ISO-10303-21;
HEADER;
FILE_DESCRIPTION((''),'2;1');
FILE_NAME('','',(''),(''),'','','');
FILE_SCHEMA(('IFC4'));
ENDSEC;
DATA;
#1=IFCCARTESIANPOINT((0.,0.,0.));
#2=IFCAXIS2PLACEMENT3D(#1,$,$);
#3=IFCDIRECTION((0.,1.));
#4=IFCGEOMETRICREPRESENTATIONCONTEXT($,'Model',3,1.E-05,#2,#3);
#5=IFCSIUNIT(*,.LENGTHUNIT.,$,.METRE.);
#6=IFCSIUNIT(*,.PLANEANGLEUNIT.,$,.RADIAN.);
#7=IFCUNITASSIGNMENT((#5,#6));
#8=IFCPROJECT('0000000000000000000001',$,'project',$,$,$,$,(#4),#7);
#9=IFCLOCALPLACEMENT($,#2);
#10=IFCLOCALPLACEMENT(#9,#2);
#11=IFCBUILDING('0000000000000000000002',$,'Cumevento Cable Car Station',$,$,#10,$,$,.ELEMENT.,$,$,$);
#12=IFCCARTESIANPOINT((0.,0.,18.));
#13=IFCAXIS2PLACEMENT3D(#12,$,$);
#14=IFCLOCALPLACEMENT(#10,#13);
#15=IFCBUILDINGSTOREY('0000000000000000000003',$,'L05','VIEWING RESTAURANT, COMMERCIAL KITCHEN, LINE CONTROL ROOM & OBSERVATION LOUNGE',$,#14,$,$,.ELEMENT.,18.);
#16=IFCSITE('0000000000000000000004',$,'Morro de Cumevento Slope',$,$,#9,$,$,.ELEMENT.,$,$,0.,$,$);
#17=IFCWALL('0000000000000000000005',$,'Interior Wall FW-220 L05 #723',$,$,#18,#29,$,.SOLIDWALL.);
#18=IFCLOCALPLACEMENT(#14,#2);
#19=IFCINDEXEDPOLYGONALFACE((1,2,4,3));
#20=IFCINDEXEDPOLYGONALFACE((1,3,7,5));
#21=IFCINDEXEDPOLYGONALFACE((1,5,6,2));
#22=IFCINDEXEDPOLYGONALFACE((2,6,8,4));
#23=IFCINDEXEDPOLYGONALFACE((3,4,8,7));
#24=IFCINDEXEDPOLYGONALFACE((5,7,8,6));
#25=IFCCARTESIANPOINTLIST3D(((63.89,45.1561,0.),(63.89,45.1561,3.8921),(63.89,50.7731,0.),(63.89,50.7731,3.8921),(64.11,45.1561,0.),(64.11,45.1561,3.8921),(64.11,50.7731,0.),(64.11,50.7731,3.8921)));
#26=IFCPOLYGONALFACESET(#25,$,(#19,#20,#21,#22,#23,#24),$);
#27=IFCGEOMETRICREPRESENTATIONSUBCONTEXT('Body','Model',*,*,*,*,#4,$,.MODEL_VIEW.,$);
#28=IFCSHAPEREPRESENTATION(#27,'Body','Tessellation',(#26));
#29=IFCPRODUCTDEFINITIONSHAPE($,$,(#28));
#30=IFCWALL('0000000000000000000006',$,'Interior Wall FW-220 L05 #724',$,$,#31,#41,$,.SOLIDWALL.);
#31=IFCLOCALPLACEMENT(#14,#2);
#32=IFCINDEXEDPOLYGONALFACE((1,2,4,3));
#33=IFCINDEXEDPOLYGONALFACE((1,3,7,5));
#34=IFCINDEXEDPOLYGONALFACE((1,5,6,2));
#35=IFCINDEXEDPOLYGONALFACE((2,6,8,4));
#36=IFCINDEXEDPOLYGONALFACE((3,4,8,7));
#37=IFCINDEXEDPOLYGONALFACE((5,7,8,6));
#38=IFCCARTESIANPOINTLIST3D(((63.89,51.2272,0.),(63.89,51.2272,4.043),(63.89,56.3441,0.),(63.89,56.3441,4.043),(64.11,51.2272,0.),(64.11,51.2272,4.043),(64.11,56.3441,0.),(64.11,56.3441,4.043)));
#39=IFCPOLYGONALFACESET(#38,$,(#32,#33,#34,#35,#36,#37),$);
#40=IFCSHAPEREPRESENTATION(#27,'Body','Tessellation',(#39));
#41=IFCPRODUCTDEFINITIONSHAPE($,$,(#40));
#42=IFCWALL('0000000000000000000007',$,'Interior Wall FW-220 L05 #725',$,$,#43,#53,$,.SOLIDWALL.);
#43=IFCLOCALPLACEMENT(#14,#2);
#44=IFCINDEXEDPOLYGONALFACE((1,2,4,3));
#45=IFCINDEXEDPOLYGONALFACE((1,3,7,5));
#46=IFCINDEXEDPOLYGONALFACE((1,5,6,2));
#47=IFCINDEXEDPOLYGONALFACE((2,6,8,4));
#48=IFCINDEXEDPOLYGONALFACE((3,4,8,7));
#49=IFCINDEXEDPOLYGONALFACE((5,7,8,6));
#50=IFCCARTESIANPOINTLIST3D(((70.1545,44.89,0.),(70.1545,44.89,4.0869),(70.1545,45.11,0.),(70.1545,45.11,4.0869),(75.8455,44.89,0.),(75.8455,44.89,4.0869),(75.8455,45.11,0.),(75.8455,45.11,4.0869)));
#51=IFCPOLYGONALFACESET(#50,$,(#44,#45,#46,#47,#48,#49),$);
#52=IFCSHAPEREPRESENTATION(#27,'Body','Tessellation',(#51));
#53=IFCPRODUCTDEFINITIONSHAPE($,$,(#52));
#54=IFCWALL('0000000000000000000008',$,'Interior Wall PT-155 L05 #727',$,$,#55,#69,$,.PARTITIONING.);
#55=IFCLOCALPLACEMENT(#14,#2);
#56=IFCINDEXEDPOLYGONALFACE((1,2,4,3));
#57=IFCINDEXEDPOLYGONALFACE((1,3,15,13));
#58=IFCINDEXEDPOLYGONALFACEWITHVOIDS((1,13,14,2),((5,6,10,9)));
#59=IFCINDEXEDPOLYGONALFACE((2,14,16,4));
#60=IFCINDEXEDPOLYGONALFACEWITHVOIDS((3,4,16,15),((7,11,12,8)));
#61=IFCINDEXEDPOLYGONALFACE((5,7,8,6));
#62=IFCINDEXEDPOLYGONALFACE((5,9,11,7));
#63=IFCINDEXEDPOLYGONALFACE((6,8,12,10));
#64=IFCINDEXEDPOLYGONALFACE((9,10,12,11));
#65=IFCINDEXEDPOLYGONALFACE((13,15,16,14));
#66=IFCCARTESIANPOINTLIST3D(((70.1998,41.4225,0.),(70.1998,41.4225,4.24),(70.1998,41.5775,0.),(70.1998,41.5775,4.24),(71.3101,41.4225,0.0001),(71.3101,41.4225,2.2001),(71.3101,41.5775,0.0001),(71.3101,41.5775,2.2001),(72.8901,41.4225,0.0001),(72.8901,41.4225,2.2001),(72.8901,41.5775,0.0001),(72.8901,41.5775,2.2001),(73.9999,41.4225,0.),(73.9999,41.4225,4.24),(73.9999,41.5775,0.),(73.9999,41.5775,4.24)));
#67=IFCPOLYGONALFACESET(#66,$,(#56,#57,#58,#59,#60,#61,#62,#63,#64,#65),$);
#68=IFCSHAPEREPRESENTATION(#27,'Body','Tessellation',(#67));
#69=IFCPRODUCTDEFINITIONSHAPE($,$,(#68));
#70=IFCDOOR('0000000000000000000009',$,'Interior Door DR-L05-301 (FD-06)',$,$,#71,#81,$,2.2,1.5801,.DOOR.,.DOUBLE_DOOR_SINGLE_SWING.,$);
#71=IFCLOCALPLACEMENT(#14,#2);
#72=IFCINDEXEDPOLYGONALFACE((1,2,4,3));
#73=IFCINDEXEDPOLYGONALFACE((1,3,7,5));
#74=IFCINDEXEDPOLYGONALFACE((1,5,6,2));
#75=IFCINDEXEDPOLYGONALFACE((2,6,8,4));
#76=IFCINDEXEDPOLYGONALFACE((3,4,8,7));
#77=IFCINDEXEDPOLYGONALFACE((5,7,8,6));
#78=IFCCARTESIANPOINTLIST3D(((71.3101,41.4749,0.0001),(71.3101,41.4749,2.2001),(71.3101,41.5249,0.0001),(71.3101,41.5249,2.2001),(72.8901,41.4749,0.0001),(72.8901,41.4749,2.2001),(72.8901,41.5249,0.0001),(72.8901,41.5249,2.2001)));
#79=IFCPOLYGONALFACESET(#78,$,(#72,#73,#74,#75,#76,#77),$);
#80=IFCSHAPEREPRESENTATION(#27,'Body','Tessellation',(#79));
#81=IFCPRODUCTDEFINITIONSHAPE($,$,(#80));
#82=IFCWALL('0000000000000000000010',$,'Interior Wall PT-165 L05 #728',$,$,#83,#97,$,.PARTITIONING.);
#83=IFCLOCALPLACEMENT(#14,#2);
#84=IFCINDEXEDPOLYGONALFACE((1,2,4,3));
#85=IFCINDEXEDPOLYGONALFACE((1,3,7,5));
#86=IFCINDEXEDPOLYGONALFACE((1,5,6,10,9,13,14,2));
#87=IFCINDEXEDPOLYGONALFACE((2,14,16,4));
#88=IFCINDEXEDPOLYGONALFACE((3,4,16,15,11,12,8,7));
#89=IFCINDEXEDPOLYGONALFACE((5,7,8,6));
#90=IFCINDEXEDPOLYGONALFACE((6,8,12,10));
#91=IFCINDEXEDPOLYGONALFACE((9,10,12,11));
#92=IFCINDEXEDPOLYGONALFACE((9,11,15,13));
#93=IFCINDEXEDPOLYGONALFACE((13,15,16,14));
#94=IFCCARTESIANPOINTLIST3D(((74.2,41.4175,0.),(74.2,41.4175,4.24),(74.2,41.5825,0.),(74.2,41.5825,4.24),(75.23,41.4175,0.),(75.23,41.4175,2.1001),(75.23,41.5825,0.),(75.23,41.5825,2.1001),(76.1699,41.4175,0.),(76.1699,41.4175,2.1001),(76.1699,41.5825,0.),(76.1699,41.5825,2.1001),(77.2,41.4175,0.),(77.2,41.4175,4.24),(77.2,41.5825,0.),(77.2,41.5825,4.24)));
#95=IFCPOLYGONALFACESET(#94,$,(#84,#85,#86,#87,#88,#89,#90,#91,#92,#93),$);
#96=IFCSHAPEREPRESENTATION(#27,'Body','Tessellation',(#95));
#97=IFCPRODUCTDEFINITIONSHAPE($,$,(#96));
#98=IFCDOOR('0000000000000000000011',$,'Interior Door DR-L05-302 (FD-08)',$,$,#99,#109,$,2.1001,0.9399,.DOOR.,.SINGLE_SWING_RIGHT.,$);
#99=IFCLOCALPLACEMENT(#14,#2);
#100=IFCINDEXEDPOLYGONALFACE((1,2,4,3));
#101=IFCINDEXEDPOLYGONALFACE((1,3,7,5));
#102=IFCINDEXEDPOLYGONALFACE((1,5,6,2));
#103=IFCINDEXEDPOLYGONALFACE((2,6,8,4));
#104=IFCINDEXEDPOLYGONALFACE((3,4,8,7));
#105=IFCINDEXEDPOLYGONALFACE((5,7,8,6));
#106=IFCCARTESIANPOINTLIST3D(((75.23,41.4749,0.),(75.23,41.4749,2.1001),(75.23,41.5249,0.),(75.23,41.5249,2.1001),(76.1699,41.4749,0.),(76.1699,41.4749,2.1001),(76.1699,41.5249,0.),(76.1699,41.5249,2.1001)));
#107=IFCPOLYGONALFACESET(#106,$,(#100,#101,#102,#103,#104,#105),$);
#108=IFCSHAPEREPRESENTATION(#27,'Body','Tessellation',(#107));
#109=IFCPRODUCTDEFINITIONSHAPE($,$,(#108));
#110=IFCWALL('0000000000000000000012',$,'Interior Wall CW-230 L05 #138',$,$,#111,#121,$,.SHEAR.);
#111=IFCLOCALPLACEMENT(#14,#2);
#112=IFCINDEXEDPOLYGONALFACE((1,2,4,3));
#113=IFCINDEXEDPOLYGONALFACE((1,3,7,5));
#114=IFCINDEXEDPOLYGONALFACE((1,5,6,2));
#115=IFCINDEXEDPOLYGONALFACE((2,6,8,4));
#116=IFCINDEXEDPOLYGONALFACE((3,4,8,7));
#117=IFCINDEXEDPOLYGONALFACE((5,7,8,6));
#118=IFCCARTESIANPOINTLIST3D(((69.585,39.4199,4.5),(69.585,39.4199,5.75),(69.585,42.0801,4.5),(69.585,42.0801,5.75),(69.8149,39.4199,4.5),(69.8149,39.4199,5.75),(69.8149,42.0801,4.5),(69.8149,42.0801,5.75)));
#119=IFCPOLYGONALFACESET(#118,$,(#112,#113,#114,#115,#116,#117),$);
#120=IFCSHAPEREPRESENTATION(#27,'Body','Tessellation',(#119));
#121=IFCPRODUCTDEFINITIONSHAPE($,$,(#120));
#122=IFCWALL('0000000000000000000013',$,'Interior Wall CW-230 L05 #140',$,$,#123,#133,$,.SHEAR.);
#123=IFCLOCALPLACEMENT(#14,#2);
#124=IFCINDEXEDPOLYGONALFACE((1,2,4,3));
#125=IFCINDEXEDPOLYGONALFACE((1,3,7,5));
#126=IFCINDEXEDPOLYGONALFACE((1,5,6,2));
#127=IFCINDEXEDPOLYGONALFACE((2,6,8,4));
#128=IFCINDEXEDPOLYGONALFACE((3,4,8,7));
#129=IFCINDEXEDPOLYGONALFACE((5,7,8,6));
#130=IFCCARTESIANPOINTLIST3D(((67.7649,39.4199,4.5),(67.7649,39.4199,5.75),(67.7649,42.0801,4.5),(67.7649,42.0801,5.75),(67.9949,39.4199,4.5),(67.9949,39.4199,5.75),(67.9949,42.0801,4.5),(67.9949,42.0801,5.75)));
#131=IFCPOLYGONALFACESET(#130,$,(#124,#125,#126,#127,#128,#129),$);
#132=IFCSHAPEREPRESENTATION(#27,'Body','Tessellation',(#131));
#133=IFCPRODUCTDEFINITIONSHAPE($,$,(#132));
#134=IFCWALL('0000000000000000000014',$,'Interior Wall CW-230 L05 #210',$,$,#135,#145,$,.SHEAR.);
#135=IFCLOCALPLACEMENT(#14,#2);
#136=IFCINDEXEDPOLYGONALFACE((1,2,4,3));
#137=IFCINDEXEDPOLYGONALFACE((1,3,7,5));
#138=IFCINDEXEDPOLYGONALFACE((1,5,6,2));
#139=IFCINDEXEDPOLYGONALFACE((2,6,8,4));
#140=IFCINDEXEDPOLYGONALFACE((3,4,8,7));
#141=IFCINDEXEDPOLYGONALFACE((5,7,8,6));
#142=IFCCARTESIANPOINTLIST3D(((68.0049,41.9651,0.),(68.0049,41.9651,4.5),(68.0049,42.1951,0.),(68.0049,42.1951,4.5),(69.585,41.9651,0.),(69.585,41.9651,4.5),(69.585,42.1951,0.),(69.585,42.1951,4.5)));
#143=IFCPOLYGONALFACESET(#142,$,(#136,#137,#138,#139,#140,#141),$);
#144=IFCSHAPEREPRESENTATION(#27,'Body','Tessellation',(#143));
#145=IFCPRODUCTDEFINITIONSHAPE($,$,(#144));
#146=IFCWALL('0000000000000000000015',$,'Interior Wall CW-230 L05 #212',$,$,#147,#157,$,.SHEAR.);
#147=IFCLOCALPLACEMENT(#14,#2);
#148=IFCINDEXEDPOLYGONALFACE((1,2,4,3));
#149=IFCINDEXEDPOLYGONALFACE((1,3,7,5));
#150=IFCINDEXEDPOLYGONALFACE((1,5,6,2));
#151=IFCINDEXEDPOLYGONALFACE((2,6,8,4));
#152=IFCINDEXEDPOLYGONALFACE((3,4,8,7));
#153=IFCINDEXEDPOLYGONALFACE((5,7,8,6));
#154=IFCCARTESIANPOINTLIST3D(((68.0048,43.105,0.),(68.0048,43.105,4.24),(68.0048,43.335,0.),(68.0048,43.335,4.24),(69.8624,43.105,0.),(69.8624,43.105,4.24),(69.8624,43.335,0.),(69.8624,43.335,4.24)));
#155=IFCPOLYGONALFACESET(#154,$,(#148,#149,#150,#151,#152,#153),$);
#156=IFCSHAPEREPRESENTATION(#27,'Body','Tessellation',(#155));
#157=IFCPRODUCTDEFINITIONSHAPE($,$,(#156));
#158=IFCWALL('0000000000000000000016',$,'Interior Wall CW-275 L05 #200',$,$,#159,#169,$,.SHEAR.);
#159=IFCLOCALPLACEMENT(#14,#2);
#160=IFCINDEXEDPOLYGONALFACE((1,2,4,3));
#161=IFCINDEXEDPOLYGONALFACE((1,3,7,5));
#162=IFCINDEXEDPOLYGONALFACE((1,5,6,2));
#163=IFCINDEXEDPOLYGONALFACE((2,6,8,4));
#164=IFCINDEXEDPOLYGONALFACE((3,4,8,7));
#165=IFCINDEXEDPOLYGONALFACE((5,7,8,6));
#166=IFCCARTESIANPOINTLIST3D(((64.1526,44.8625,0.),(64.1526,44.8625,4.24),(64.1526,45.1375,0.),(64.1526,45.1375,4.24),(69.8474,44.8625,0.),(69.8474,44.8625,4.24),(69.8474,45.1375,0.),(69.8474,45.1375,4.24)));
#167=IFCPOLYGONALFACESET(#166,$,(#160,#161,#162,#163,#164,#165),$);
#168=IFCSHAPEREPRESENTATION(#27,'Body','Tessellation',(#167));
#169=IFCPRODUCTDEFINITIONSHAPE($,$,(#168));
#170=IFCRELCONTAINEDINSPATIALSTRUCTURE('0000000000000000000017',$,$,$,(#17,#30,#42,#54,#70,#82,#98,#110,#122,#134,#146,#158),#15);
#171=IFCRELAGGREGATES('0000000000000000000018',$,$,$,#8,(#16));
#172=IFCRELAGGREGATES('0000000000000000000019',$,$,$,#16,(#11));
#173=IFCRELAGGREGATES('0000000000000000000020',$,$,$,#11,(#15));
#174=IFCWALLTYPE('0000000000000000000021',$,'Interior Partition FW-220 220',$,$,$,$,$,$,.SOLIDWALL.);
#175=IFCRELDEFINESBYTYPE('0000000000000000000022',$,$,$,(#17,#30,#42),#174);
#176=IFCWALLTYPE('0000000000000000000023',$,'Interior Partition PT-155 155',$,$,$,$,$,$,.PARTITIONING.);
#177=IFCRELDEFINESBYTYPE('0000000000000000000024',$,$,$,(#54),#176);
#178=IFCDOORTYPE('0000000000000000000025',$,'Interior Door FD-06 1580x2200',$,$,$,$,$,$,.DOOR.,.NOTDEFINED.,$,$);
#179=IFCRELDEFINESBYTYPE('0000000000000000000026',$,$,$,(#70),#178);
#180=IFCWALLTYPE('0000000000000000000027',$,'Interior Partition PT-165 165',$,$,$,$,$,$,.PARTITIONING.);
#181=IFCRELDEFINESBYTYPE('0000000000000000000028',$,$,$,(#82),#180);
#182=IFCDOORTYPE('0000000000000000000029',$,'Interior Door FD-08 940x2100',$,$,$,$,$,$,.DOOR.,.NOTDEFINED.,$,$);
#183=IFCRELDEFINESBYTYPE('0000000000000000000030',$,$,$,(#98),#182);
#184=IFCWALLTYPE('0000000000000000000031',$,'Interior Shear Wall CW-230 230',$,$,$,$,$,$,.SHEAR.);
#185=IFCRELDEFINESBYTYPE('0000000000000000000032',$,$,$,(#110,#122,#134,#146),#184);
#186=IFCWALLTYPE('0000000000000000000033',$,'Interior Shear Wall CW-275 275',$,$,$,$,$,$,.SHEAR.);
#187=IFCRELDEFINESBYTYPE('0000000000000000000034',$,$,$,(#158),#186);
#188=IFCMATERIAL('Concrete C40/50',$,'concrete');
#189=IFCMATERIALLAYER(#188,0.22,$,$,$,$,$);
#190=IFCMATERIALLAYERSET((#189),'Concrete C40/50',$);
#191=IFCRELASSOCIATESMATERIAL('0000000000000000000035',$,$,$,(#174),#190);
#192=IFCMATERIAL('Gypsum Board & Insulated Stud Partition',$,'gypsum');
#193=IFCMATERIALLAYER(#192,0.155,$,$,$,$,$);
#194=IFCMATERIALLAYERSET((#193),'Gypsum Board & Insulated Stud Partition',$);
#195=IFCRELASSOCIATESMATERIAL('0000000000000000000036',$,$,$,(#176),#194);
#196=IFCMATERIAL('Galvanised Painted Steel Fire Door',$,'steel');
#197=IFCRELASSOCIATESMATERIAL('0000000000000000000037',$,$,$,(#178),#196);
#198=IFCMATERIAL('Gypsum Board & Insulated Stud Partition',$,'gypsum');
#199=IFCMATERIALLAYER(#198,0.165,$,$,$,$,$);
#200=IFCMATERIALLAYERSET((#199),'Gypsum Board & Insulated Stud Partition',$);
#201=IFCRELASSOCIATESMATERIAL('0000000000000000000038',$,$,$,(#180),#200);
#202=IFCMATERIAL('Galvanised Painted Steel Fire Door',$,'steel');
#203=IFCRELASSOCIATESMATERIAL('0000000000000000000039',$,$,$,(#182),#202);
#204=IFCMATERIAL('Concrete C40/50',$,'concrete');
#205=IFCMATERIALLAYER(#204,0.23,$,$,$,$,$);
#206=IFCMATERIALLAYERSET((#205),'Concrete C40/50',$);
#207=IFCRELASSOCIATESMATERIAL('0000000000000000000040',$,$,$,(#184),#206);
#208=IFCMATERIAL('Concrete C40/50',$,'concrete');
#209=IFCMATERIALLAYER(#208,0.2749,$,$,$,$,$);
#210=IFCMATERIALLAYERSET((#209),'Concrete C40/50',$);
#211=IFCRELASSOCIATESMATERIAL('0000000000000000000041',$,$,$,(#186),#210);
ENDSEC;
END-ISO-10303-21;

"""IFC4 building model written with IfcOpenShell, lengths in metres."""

from ifc_helpers import new_model, si_unit, direction, frame, frame_2d, origin, place, context, subcontext, project, spatial, rectangle, extrude, material, layer, layer_set, type_object, element, fill, save


model = new_model("IFC4")

# Units and contexts
model_context = context("Model", 3, precision=1e-05, world=origin(), true_north=direction((0.0, 1.0)))
body_context = subcontext(model_context, "Body", "Model", "MODEL_VIEW")
ifc_project = project(units=[si_unit("LENGTHUNIT", "METRE"), si_unit("PLANEANGLEUNIT", "RADIAN")], contexts=[model_context])

# Site, building, storey
site_placement = place(None, origin())
site = spatial("IfcSite", under=ifc_project, at=site_placement, Name="Morro de Cumevento Slope", CompositionType="ELEMENT", RefElevation=0.0)
building_placement = place(site_placement, origin())
building = spatial("IfcBuilding", under=site, at=building_placement, Name="Cumevento Cable Car Station", CompositionType="ELEMENT")
storey_placement = place(building_placement, frame((0.0, 0.0, 18.0)))
storey = spatial("IfcBuildingStorey", under=building, at=storey_placement, Name="L05", Description="VIEWING RESTAURANT, COMMERCIAL KITCHEN, LINE CONTROL ROOM & OBSERVATION LOUNGE", CompositionType="ELEMENT", Elevation=18.0)

# Walls
ifc_material_1 = material(Name="Concrete C40/50", Category="concrete")
ifc_layer_1 = layer(ifc_material_1, 0.22)
ifc_layer_set_1 = layer_set([ifc_layer_1], Name="Concrete C40/50")
wall_type_1 = type_object("IfcWallType", Name="Interior Partition FW-220 220", PredefinedType="SOLIDWALL", material=ifc_layer_set_1)
wall_1_placement = place(storey_placement, frame((64.0, 45.156, 0.0), z_axis=(0.0, 0.0, 1.0), x_axis=(0.0, 1.0, 0.0)))
element("IfcWall", 1, at=wall_1_placement, inside=storey, type_object=wall_type_1, Name="Interior Wall FW-220 L05 #723", PredefinedType="SOLIDWALL", context=body_context, shape_type="SweptSolid", body=[
    extrude(rectangle(XDim=5.6169, YDim=0.22, at=frame_2d((2.8086, 0.0))), origin(), (0.0, 0.0, 1.0), 3.8921),
])
wall_2_placement = place(storey_placement, frame((64.0, 51.2271, 0.0), z_axis=(0.0, 0.0, 1.0), x_axis=(0.0, 1.0, 0.0)))
element("IfcWall", 2, at=wall_2_placement, inside=storey, type_object=wall_type_1, Name="Interior Wall FW-220 L05 #724", PredefinedType="SOLIDWALL", context=body_context, shape_type="SweptSolid", body=[
    extrude(rectangle(XDim=5.1169, YDim=0.22, at=frame_2d((2.5586, 0.0))), origin(), (0.0, 0.0, 1.0), 4.043),
])
wall_3_placement = place(storey_placement, frame((70.1545, 45.0, 0.0), z_axis=(0.0, 0.0, 1.0), x_axis=(1.0, 0.0, 0.0)))
element("IfcWall", 3, at=wall_3_placement, inside=storey, type_object=wall_type_1, Name="Interior Wall FW-220 L05 #725", PredefinedType="SOLIDWALL", context=body_context, shape_type="SweptSolid", body=[
    extrude(rectangle(XDim=5.6909, YDim=0.22, at=frame_2d((2.8455, 0.0))), origin(), (0.0, 0.0, 1.0), 4.0869),
])

# Walls, openings, doors
ifc_material_2 = material(Name="Gypsum Board & Insulated Stud Partition", Category="gypsum")
ifc_layer_2 = layer(ifc_material_2, 0.155)
ifc_layer_set_2 = layer_set([ifc_layer_2], Name="Gypsum Board & Insulated Stud Partition")
wall_type_2 = type_object("IfcWallType", Name="Interior Partition PT-155 155", PredefinedType="PARTITIONING", material=ifc_layer_set_2)
wall_4_placement = place(storey_placement, frame((70.2, 41.5, 0.0), z_axis=(0.0, 0.0, 1.0), x_axis=(1.0, 0.0, 0.0)))
wall_4 = element("IfcWall", 4, at=wall_4_placement, inside=storey, type_object=wall_type_2, Name="Interior Wall PT-155 L05 #727", PredefinedType="PARTITIONING", context=body_context, shape_type="SweptSolid", body=[
    extrude(rectangle(XDim=3.8, YDim=0.155, at=frame_2d((1.8999, 0.0))), origin(), (0.0, 0.0, 1.0), 4.24),
])
opening_1_placement = place(wall_4_placement, frame((1.1101, 0.0, 0.0)))
opening_1 = element("IfcOpeningElement", 5, at=opening_1_placement, cuts=wall_4, PredefinedType="OPENING", context=body_context, shape_type="SweptSolid", body=[
    extrude(rectangle(XDim=1.5801, YDim=2.2, at=frame_2d((0.79, 1.1001))), frame((0.0, 0.0876, 0.0), z_axis=(0.0, -1.0, 0.0), x_axis=(1.0, 0.0, 0.0)), (0.0, 0.0, 1.0), 0.175),
])
ifc_material_3 = material(Name="Galvanised Painted Steel Fire Door", Category="steel")
door_type_1 = type_object("IfcDoorType", Name="Interior Door FD-06 1580x2200", OperationType="NOTDEFINED", PredefinedType="DOOR", material=ifc_material_3)
door_1_placement = place(opening_1_placement, origin())
door_1 = element("IfcDoor", 6, at=door_1_placement, inside=storey, type_object=door_type_1, Name="Interior Door DR-L05-301 (FD-06)", OperationType="DOUBLE_DOOR_SINGLE_SWING", OverallHeight=2.2, OverallWidth=1.5801, PredefinedType="DOOR", context=body_context, shape_type="SweptSolid", body=[
    extrude(rectangle(XDim=1.5801, YDim=2.2, at=frame_2d((0.79, 1.1001))), frame((0.0, 0.0249, 0.0), z_axis=(0.0, -1.0, 0.0), x_axis=(1.0, 0.0, 0.0)), (0.0, 0.0, 1.0), 0.05),
])
fill(opening_1, door_1)
ifc_material_4 = material(Name="Gypsum Board & Insulated Stud Partition", Category="gypsum")
ifc_layer_3 = layer(ifc_material_4, 0.165)
ifc_layer_set_3 = layer_set([ifc_layer_3], Name="Gypsum Board & Insulated Stud Partition")
wall_type_3 = type_object("IfcWallType", Name="Interior Partition PT-165 165", PredefinedType="PARTITIONING", material=ifc_layer_set_3)
wall_5_placement = place(storey_placement, frame((74.2, 41.5, 0.0), z_axis=(0.0, 0.0, 1.0), x_axis=(1.0, 0.0, 0.0)))
wall_5 = element("IfcWall", 7, at=wall_5_placement, inside=storey, type_object=wall_type_3, Name="Interior Wall PT-165 L05 #728", PredefinedType="PARTITIONING", context=body_context, shape_type="SweptSolid", body=[
    extrude(rectangle(XDim=3.0, YDim=0.165, at=frame_2d((1.5, 0.0))), origin(), (0.0, 0.0, 1.0), 4.24),
])
opening_2_placement = place(wall_5_placement, frame((1.03, 0.0, 0.0)))
opening_2 = element("IfcOpeningElement", 8, at=opening_2_placement, cuts=wall_5, PredefinedType="OPENING", context=body_context, shape_type="SweptSolid", body=[
    extrude(rectangle(XDim=0.9399, YDim=2.1001, at=frame_2d((0.47, 1.05))), frame((0.0, 0.0925, 0.0), z_axis=(0.0, -1.0, 0.0), x_axis=(1.0, 0.0, 0.0)), (0.0, 0.0, 1.0), 0.1851),
])
ifc_material_5 = material(Name="Galvanised Painted Steel Fire Door", Category="steel")
door_type_2 = type_object("IfcDoorType", Name="Interior Door FD-08 940x2100", OperationType="NOTDEFINED", PredefinedType="DOOR", material=ifc_material_5)
door_2_placement = place(opening_2_placement, origin())
door_2 = element("IfcDoor", 9, at=door_2_placement, inside=storey, type_object=door_type_2, Name="Interior Door DR-L05-302 (FD-08)", OperationType="SINGLE_SWING_RIGHT", OverallHeight=2.1001, OverallWidth=0.9399, PredefinedType="DOOR", context=body_context, shape_type="SweptSolid", body=[
    extrude(rectangle(XDim=0.9399, YDim=2.1001, at=frame_2d((0.47, 1.05))), frame((0.0, 0.0249, 0.0), z_axis=(0.0, -1.0, 0.0), x_axis=(1.0, 0.0, 0.0)), (0.0, 0.0, 1.0), 0.05),
])
fill(opening_2, door_2)

# Walls
ifc_material_6 = material(Name="Concrete C40/50", Category="concrete")
ifc_layer_4 = layer(ifc_material_6, 0.23)
ifc_layer_set_4 = layer_set([ifc_layer_4], Name="Concrete C40/50")
wall_type_4 = type_object("IfcWallType", Name="Interior Shear Wall CW-230 230", PredefinedType="SHEAR", material=ifc_layer_set_4)
wall_6_placement = place(storey_placement, frame((69.7, 39.4199, 4.5), z_axis=(0.0, 0.0, 1.0), x_axis=(0.0, 1.0, 0.0)))
element("IfcWall", 10, at=wall_6_placement, inside=storey, type_object=wall_type_4, Name="Interior Wall CW-230 L05 #138", PredefinedType="SHEAR", context=body_context, shape_type="SweptSolid", body=[
    extrude(rectangle(XDim=2.6602, YDim=0.23, at=frame_2d((1.3301, 0.0))), origin(), (0.0, 0.0, 1.0), 1.25),
])
wall_7_placement = place(storey_placement, frame((67.8799, 42.0801, 4.5), z_axis=(0.0, 0.0, 1.0), x_axis=(0.0, -1.0, 0.0)))
element("IfcWall", 11, at=wall_7_placement, inside=storey, type_object=wall_type_4, Name="Interior Wall CW-230 L05 #140", PredefinedType="SHEAR", context=body_context, shape_type="SweptSolid", body=[
    extrude(rectangle(XDim=2.6602, YDim=0.23, at=frame_2d((1.3301, 0.0))), origin(), (0.0, 0.0, 1.0), 1.25),
])
wall_8_placement = place(storey_placement, frame((68.0049, 42.0801, 0.0), z_axis=(0.0, 0.0, 1.0), x_axis=(1.0, 0.0, 0.0)))
element("IfcWall", 12, at=wall_8_placement, inside=storey, type_object=wall_type_4, Name="Interior Wall CW-230 L05 #210", PredefinedType="SHEAR", context=body_context, shape_type="SweptSolid", body=[
    extrude(rectangle(XDim=1.5801, YDim=0.23, at=frame_2d((0.79, 0.0))), origin(), (0.0, 0.0, 1.0), 4.5),
])
wall_9_placement = place(storey_placement, frame((68.0049, 43.22, 0.0), z_axis=(0.0, 0.0, 1.0), x_axis=(1.0, 0.0, 0.0)))
element("IfcWall", 13, at=wall_9_placement, inside=storey, type_object=wall_type_4, Name="Interior Wall CW-230 L05 #212", PredefinedType="SHEAR", context=body_context, shape_type="SweptSolid", body=[
    extrude(rectangle(XDim=1.8577, YDim=0.23, at=frame_2d((0.9287, 0.0))), origin(), (0.0, 0.0, 1.0), 4.24),
])

# Wall
ifc_material_7 = material(Name="Concrete C40/50", Category="concrete")
ifc_layer_5 = layer(ifc_material_7, 0.2749)
ifc_layer_set_5 = layer_set([ifc_layer_5], Name="Concrete C40/50")
wall_type_5 = type_object("IfcWallType", Name="Interior Shear Wall CW-275 275", PredefinedType="SHEAR", material=ifc_layer_set_5)
wall_10_placement = place(storey_placement, frame((64.1526, 45.0, 0.0), z_axis=(0.0, 0.0, 1.0), x_axis=(1.0, 0.0, 0.0)))
element("IfcWall", 14, at=wall_10_placement, inside=storey, type_object=wall_type_5, Name="Interior Wall CW-275 L05 #200", PredefinedType="SHEAR", context=body_context, shape_type="SweptSolid", body=[
    extrude(rectangle(XDim=5.6948, YDim=0.2749, at=frame_2d((2.8474, 0.0))), origin(), (0.0, 0.0, 1.0), 4.24),
])

save(model, "model.ifc")
